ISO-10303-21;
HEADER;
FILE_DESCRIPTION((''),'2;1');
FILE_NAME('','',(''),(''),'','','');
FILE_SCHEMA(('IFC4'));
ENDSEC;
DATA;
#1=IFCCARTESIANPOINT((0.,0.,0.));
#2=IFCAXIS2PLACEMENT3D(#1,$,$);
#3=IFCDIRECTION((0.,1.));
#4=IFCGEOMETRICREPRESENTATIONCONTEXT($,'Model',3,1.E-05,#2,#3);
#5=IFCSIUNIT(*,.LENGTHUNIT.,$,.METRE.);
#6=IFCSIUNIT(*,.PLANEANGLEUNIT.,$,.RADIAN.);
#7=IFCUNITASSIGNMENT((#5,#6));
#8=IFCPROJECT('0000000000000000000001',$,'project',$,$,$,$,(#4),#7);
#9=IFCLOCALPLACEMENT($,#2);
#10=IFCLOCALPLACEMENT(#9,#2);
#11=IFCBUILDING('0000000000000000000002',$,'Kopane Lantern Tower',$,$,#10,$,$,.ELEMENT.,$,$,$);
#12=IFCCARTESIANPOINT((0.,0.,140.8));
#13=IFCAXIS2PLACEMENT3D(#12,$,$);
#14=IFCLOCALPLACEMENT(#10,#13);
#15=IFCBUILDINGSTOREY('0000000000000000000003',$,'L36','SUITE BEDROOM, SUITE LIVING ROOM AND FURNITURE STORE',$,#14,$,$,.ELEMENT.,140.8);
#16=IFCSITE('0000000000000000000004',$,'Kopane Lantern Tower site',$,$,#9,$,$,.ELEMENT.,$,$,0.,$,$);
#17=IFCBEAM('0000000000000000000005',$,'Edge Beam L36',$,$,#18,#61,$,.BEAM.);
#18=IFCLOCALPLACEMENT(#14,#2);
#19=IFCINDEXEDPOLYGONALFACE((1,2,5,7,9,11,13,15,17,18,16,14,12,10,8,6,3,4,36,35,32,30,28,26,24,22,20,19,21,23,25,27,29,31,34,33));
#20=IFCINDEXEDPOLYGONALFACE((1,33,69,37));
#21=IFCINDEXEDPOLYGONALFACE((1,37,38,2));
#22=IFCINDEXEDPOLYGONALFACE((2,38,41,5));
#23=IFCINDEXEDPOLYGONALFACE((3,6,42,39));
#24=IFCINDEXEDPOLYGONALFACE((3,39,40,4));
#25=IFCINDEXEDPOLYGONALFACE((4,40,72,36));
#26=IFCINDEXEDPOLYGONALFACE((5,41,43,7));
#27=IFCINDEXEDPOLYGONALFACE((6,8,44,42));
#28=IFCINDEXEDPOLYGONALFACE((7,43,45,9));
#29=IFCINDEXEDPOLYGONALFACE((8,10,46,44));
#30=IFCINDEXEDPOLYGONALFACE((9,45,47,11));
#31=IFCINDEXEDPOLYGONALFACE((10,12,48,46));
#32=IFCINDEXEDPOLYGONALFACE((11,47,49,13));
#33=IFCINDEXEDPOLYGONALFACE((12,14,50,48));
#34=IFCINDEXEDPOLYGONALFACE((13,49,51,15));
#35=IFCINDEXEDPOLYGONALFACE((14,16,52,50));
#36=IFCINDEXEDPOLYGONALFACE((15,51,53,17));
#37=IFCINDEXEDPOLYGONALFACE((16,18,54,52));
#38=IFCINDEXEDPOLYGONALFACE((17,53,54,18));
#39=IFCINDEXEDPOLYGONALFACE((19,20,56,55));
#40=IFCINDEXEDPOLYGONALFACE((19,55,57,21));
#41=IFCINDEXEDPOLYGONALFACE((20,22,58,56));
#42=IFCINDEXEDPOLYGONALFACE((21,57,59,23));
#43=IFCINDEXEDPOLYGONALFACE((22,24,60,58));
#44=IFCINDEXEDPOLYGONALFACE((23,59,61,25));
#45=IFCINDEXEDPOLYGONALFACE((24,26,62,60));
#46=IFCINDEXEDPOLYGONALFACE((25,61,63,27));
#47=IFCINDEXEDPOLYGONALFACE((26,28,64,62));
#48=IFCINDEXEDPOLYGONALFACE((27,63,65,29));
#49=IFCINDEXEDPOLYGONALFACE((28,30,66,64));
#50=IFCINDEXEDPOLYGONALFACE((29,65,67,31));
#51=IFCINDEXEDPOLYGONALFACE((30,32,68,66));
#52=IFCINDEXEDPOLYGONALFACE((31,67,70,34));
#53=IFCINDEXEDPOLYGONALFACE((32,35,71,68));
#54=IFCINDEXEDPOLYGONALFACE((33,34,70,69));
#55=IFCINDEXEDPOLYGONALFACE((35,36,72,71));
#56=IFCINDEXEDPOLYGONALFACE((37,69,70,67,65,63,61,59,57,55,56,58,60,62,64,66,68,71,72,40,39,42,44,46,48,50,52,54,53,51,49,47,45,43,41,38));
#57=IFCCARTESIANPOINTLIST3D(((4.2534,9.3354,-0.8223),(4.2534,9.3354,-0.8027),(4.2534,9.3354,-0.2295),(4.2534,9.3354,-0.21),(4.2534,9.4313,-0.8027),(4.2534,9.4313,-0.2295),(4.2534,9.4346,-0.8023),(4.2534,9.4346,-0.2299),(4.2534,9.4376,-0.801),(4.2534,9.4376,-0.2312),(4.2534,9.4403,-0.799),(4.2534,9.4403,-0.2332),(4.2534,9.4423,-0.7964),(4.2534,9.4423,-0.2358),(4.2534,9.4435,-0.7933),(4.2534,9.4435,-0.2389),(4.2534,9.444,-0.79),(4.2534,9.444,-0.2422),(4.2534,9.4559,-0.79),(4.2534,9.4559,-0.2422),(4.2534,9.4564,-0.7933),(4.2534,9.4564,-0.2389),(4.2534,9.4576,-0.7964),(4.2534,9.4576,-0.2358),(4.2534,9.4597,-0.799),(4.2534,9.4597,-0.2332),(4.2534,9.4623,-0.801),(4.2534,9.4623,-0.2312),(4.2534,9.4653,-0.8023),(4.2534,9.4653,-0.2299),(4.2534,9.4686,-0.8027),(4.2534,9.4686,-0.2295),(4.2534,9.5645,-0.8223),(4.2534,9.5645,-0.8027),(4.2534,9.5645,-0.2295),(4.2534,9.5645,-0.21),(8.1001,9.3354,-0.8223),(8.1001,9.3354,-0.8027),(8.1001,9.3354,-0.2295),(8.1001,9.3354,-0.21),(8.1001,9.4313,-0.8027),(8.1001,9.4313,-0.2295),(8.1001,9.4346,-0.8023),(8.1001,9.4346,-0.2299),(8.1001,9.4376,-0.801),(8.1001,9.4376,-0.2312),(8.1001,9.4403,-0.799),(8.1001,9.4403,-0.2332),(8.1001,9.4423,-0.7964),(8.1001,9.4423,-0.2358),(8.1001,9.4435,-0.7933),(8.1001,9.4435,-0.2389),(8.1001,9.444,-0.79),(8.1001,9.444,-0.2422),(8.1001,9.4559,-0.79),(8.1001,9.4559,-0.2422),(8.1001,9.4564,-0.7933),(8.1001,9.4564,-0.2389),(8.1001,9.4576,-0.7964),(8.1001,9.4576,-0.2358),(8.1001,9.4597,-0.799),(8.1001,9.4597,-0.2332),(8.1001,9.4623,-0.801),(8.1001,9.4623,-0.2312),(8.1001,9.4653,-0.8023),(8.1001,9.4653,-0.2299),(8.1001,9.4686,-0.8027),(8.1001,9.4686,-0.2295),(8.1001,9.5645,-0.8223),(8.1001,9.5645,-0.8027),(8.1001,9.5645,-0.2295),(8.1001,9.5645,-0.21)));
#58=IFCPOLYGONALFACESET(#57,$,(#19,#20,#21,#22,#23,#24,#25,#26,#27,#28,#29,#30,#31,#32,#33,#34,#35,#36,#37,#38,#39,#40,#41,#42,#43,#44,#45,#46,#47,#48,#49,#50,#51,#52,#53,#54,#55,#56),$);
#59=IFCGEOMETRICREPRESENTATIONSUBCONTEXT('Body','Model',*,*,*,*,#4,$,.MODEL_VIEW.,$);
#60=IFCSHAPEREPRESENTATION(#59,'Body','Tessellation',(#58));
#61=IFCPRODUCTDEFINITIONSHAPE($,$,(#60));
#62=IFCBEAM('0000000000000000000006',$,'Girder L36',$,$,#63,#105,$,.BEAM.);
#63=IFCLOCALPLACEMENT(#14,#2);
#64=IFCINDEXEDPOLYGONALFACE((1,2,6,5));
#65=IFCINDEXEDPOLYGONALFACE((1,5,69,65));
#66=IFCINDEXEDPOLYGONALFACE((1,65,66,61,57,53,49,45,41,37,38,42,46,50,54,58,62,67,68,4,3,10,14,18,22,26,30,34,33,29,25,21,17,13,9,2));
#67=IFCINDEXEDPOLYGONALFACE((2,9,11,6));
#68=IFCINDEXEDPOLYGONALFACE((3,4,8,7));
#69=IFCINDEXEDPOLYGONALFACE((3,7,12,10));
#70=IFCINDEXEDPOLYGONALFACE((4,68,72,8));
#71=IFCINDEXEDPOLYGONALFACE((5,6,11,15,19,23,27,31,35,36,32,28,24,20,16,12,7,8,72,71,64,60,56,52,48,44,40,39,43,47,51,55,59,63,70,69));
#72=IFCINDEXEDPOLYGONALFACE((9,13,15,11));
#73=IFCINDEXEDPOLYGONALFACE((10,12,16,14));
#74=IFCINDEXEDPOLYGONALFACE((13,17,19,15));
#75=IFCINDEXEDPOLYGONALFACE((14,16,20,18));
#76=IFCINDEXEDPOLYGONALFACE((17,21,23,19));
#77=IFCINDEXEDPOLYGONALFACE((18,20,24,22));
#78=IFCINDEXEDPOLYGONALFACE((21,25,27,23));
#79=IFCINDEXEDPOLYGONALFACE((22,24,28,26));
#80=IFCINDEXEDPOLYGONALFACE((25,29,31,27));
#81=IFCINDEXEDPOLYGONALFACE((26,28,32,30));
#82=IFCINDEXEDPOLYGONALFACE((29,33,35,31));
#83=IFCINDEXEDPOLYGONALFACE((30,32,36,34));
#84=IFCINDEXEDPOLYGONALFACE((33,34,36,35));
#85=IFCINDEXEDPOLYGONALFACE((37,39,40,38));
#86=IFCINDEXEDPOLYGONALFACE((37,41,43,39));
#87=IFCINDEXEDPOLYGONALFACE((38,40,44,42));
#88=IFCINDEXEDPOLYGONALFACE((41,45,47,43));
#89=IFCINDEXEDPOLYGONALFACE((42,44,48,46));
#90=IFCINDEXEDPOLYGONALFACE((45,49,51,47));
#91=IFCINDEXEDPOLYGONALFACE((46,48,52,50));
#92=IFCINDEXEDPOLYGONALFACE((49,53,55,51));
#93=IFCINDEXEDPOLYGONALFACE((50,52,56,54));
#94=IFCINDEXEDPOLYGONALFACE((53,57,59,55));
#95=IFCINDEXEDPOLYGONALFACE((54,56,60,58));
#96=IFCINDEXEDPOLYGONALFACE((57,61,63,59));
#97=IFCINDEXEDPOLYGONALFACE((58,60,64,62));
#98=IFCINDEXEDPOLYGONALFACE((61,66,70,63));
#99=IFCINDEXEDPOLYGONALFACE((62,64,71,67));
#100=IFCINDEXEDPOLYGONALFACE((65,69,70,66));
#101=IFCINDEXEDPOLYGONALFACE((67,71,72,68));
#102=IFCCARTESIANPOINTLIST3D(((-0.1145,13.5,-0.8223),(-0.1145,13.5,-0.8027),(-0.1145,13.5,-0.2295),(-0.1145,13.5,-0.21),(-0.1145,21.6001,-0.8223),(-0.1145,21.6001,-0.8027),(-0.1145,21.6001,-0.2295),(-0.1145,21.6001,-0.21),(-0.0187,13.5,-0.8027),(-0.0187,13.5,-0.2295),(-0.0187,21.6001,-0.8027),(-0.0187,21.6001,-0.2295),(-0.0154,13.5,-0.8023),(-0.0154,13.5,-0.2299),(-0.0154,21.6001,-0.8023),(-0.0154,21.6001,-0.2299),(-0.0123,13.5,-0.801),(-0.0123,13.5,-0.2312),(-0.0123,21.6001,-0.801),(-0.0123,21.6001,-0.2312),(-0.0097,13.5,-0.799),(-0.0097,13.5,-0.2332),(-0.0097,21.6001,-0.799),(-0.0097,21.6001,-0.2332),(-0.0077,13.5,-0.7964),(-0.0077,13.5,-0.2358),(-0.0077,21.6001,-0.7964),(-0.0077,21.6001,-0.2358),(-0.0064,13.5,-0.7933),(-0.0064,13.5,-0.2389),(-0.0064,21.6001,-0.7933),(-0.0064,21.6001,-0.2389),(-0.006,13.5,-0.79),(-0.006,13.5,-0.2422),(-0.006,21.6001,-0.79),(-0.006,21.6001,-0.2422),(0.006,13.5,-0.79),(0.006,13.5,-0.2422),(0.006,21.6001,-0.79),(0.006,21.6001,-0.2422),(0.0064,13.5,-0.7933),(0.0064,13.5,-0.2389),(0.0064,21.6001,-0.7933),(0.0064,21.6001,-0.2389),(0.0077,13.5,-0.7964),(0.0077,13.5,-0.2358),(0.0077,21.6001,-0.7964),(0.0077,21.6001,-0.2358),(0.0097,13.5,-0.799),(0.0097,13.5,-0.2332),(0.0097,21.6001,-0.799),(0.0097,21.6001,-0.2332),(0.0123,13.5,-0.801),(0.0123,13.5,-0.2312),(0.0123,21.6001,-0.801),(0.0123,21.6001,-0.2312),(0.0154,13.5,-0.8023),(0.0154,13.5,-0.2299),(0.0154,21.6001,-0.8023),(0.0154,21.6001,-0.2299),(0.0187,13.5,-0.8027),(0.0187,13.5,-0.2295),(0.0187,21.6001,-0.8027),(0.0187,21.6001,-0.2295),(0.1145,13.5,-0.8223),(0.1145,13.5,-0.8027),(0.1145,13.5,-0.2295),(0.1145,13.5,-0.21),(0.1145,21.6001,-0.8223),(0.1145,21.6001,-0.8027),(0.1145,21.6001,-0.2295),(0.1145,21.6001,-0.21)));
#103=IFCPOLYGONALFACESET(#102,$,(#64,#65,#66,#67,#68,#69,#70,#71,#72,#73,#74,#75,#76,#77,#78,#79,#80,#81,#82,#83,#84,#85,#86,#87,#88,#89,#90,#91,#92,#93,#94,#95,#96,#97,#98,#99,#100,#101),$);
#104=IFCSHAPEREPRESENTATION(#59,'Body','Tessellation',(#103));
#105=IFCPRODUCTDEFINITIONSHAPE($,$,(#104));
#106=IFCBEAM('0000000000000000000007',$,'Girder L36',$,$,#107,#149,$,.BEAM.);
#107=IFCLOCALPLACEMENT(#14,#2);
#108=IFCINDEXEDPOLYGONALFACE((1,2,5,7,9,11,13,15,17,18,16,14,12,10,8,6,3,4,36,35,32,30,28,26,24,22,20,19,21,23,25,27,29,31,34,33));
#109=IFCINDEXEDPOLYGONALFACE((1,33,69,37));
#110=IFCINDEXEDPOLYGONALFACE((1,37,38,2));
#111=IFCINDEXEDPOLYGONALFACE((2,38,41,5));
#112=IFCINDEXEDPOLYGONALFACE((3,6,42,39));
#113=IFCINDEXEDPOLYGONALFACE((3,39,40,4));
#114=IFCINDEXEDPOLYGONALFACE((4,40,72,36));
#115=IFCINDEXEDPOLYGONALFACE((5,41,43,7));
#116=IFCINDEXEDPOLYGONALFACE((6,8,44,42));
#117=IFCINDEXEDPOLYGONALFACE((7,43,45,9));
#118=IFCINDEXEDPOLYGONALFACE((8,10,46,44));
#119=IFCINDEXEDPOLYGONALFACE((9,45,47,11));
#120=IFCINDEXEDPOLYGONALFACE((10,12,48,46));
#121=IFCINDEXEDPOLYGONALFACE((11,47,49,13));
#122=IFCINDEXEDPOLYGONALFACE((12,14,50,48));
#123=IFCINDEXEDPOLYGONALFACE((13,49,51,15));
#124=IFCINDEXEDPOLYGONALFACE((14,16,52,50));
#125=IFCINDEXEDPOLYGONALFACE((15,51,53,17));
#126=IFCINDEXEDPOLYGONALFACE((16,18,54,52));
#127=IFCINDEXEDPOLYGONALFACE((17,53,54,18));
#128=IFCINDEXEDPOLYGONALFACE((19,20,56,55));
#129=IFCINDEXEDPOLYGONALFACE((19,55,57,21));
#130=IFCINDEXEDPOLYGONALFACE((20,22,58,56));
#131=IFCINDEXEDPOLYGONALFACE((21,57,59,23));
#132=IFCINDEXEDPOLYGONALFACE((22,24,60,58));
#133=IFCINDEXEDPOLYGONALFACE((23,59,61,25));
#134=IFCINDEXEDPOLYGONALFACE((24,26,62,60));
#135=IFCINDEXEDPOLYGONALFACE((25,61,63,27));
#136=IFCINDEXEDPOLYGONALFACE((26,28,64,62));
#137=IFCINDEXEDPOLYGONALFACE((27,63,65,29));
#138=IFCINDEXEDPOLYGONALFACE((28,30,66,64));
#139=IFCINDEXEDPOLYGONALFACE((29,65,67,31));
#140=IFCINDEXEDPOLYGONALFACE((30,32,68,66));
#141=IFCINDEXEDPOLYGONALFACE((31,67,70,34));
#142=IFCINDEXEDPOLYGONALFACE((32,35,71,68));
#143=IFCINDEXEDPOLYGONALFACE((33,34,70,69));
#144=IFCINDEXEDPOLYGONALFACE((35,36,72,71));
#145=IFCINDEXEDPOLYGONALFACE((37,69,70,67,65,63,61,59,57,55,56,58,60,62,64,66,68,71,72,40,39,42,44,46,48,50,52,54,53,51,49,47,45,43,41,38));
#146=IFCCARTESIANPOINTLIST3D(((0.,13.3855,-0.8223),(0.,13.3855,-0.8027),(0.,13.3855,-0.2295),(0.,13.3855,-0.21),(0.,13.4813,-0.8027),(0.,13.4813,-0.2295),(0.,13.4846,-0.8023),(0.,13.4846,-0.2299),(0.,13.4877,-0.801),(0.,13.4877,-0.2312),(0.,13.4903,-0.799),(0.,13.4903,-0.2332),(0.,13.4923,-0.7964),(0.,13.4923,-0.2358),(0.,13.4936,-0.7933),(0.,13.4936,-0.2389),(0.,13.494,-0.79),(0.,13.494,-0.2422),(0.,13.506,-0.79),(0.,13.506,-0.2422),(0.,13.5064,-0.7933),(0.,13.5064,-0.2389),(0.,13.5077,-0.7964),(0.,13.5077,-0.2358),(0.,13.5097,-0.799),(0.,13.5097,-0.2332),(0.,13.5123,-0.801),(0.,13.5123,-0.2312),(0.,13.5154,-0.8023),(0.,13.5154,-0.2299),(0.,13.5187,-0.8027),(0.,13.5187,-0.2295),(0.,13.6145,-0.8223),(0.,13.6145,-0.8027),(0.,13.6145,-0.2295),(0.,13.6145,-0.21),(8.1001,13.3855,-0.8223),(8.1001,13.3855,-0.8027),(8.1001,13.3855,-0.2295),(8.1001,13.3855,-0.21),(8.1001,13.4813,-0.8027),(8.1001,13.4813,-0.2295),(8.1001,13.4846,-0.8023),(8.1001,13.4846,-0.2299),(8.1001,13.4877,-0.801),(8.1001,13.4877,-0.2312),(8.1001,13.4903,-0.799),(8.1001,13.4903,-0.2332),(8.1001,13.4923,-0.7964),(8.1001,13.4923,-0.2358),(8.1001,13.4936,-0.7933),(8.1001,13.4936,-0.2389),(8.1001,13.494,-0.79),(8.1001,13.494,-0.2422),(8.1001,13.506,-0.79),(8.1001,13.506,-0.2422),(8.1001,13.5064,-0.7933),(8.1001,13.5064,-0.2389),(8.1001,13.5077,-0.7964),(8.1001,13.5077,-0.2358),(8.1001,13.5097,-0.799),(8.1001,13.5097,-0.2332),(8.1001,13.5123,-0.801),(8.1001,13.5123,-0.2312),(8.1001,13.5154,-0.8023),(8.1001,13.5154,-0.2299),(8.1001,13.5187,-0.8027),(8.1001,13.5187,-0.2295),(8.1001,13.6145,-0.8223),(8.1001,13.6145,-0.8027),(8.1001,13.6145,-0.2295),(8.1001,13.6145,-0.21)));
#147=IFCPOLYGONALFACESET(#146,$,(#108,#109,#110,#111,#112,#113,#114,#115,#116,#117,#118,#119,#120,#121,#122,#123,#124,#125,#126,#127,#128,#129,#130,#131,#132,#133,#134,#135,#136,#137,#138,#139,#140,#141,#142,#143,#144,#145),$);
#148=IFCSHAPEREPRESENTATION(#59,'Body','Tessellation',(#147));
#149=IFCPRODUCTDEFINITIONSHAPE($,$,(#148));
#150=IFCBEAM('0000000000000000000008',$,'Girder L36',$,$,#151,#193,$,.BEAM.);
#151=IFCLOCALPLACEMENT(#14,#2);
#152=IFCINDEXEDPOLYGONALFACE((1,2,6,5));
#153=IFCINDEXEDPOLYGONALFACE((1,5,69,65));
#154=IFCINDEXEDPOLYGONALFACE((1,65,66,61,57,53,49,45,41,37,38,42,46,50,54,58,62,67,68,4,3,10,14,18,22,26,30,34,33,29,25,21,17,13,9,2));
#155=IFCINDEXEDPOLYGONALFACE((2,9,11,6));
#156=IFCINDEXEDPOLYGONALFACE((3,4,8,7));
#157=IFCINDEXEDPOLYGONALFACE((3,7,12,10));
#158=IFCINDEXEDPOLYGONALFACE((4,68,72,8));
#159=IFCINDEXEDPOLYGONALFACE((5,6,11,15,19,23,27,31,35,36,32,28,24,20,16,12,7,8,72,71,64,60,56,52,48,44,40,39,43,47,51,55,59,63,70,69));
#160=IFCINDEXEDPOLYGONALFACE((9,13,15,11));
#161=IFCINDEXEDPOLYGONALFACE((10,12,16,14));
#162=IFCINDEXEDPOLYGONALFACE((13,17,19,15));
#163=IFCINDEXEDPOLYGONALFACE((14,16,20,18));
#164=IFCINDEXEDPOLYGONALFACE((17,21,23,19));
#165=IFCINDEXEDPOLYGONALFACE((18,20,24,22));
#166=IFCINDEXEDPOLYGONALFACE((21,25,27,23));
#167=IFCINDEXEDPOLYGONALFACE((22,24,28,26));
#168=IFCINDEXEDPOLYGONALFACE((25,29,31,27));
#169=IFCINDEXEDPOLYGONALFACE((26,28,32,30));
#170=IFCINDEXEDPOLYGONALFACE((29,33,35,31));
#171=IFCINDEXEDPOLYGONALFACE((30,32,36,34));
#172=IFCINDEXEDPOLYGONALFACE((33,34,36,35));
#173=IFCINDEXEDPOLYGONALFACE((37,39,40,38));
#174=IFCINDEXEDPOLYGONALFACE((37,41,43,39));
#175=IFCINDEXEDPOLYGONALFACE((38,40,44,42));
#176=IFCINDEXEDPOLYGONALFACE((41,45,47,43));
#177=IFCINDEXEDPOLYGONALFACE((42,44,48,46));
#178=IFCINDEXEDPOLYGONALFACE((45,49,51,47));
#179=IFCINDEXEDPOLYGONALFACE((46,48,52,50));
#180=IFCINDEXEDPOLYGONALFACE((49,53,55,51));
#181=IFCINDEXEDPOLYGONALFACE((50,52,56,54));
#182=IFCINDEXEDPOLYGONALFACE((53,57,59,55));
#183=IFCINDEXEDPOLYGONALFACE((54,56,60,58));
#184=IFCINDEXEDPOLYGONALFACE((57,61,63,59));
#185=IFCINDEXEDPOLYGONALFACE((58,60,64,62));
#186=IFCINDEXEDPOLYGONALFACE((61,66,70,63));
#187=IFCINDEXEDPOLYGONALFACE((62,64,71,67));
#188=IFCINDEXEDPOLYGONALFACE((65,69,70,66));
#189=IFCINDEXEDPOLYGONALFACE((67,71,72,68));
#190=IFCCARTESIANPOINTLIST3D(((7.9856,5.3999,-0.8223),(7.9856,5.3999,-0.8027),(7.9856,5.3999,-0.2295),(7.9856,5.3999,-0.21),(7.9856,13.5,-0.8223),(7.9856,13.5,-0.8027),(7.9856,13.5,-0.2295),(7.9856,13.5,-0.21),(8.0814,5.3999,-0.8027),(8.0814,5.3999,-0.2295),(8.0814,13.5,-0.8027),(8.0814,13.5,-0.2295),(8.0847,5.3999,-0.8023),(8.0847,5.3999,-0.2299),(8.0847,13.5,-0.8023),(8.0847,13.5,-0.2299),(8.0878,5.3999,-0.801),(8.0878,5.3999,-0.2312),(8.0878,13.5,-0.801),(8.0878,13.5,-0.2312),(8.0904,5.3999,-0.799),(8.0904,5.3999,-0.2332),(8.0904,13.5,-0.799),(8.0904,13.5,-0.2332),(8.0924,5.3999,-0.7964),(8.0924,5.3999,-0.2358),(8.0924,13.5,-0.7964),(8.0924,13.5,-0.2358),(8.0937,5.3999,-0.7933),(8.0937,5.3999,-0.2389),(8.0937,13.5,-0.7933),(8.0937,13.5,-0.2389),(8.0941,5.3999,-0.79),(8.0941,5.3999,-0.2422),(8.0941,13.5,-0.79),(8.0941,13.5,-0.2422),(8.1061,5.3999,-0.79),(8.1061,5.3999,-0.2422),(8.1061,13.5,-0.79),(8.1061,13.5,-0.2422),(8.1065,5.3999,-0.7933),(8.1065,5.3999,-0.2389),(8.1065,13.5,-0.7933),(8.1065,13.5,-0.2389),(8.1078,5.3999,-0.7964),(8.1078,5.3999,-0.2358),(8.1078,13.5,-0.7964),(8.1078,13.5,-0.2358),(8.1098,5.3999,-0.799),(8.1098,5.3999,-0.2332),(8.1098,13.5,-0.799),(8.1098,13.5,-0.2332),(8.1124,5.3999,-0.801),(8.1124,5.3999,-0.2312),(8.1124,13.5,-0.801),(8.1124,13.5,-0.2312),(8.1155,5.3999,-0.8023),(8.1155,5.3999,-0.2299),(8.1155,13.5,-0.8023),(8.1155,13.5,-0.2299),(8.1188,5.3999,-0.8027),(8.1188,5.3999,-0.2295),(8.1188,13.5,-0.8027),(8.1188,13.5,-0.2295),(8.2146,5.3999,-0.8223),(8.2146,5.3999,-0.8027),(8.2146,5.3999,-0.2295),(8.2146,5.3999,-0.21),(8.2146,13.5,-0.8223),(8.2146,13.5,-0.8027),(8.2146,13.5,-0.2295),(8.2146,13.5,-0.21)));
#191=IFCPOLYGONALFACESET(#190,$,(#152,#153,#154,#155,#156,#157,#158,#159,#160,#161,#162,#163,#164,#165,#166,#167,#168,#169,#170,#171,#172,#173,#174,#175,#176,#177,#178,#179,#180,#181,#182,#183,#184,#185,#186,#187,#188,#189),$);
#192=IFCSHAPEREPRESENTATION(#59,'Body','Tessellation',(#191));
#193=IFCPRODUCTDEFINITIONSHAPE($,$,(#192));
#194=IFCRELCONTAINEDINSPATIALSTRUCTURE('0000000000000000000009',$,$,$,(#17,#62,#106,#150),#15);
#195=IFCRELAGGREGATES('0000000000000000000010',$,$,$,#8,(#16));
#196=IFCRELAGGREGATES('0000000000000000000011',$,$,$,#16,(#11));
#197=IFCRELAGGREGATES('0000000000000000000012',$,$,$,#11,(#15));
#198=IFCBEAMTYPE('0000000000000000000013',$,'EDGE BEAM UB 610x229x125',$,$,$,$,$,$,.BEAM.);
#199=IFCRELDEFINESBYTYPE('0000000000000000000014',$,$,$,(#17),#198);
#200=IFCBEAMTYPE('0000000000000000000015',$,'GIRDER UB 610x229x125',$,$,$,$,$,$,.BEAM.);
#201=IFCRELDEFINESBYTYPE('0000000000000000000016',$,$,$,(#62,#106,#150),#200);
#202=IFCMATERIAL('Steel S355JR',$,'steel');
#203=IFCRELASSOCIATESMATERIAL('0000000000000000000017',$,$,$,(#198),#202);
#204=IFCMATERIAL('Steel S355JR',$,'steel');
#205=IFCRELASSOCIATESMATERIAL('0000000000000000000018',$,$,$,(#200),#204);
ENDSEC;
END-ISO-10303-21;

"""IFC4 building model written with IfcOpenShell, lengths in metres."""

from ifc_helpers import new_model, si_unit, direction, frame, origin, origin_2d, place, context, subcontext, project, spatial, i_section, extrude, material, material_profile, profile_set, type_object, element, save


model = new_model("IFC4")

# Units and contexts
model_context = context("Model", 3, precision=1e-05, world=origin(), true_north=direction((0.0, 1.0)))
body_context = subcontext(model_context, "Body", "Model", "MODEL_VIEW")
ifc_project = project(units=[si_unit("LENGTHUNIT", "METRE"), si_unit("PLANEANGLEUNIT", "RADIAN")], contexts=[model_context])

# Site, building, storey
site_placement = place(None, origin())
site = spatial("IfcSite", under=ifc_project, at=site_placement, Name="Kopane Lantern Tower site", CompositionType="ELEMENT", RefElevation=0.0)
building_placement = place(site_placement, origin())
building = spatial("IfcBuilding", under=site, at=building_placement, Name="Kopane Lantern Tower", CompositionType="ELEMENT")
storey_placement = place(building_placement, frame((0.0, 0.0, 140.8)))
storey = spatial("IfcBuildingStorey", under=building, at=storey_placement, Name="L36", Description="SUITE BEDROOM, SUITE LIVING ROOM AND FURNITURE STORE", CompositionType="ELEMENT", Elevation=140.8)

# Beams
ifc_material_1 = material(Name="Steel S355JR", Category="steel")
ifc_material_profile_1 = material_profile(ifc_material_1, i_section(OverallWidth=0.229, OverallDepth=0.6123, WebThickness=0.012, FlangeThickness=0.0195, FilletRadius=0.0127, at=origin_2d()), Name="UB 610x229x125")
ifc_profile_set_1 = profile_set([ifc_material_profile_1], Name="Steel S355JR")
beam_type_1 = type_object("IfcBeamType", Name="EDGE BEAM UB 610x229x125", PredefinedType="BEAM", material=ifc_profile_set_1)
beam_1_placement = place(storey_placement, frame((4.2534, 9.45, -0.5161), z_axis=(1.0, 0.0, 0.0), x_axis=(0.0, 1.0, 0.0)))
element("IfcBeam", 1, at=beam_1_placement, inside=storey, type_object=beam_type_1, Name="Edge Beam L36", PredefinedType="BEAM", context=body_context, shape_type="SweptSolid", body=[
    extrude(i_section(OverallWidth=0.229, OverallDepth=0.6123, WebThickness=0.012, FlangeThickness=0.0195, FilletRadius=0.0127, at=origin_2d()), origin(), (0.0, 0.0, 1.0), 3.8467),
])
ifc_material_2 = material(Name="Steel S355JR", Category="steel")
ifc_material_profile_2 = material_profile(ifc_material_2, i_section(OverallWidth=0.229, OverallDepth=0.6123, WebThickness=0.012, FlangeThickness=0.0195, FilletRadius=0.0127, at=origin_2d()), Name="UB 610x229x125")
ifc_profile_set_2 = profile_set([ifc_material_profile_2], Name="Steel S355JR")
beam_type_2 = type_object("IfcBeamType", Name="GIRDER UB 610x229x125", PredefinedType="BEAM", material=ifc_profile_set_2)
for number, where, z_axis, x_axis, name in (
    (2, (0.0, 13.5, -0.5161), (0.0, 1.0, 0.0), (-1.0, 0.0, 0.0), "Girder L36"),
    (3, (0.0, 13.5, -0.5161), (1.0, 0.0, 0.0), (0.0, 1.0, 0.0), "Girder L36"),
    (4, (8.1001, 5.3999, -0.5161), (0.0, 1.0, 0.0), (-1.0, 0.0, 0.0), "Girder L36"),
):
    element("IfcBeam", number, at=place(storey_placement, frame(where, z_axis=z_axis, x_axis=x_axis)), inside=storey, type_object=beam_type_2, Name=name, PredefinedType="BEAM", context=body_context, shape_type="SweptSolid", body=[
        extrude(i_section(OverallWidth=0.229, OverallDepth=0.6123, WebThickness=0.012, FlangeThickness=0.0195, FilletRadius=0.0127, at=origin_2d()), origin(), (0.0, 0.0, 1.0), 8.1001),
    ])

save(model, "model.ifc")
